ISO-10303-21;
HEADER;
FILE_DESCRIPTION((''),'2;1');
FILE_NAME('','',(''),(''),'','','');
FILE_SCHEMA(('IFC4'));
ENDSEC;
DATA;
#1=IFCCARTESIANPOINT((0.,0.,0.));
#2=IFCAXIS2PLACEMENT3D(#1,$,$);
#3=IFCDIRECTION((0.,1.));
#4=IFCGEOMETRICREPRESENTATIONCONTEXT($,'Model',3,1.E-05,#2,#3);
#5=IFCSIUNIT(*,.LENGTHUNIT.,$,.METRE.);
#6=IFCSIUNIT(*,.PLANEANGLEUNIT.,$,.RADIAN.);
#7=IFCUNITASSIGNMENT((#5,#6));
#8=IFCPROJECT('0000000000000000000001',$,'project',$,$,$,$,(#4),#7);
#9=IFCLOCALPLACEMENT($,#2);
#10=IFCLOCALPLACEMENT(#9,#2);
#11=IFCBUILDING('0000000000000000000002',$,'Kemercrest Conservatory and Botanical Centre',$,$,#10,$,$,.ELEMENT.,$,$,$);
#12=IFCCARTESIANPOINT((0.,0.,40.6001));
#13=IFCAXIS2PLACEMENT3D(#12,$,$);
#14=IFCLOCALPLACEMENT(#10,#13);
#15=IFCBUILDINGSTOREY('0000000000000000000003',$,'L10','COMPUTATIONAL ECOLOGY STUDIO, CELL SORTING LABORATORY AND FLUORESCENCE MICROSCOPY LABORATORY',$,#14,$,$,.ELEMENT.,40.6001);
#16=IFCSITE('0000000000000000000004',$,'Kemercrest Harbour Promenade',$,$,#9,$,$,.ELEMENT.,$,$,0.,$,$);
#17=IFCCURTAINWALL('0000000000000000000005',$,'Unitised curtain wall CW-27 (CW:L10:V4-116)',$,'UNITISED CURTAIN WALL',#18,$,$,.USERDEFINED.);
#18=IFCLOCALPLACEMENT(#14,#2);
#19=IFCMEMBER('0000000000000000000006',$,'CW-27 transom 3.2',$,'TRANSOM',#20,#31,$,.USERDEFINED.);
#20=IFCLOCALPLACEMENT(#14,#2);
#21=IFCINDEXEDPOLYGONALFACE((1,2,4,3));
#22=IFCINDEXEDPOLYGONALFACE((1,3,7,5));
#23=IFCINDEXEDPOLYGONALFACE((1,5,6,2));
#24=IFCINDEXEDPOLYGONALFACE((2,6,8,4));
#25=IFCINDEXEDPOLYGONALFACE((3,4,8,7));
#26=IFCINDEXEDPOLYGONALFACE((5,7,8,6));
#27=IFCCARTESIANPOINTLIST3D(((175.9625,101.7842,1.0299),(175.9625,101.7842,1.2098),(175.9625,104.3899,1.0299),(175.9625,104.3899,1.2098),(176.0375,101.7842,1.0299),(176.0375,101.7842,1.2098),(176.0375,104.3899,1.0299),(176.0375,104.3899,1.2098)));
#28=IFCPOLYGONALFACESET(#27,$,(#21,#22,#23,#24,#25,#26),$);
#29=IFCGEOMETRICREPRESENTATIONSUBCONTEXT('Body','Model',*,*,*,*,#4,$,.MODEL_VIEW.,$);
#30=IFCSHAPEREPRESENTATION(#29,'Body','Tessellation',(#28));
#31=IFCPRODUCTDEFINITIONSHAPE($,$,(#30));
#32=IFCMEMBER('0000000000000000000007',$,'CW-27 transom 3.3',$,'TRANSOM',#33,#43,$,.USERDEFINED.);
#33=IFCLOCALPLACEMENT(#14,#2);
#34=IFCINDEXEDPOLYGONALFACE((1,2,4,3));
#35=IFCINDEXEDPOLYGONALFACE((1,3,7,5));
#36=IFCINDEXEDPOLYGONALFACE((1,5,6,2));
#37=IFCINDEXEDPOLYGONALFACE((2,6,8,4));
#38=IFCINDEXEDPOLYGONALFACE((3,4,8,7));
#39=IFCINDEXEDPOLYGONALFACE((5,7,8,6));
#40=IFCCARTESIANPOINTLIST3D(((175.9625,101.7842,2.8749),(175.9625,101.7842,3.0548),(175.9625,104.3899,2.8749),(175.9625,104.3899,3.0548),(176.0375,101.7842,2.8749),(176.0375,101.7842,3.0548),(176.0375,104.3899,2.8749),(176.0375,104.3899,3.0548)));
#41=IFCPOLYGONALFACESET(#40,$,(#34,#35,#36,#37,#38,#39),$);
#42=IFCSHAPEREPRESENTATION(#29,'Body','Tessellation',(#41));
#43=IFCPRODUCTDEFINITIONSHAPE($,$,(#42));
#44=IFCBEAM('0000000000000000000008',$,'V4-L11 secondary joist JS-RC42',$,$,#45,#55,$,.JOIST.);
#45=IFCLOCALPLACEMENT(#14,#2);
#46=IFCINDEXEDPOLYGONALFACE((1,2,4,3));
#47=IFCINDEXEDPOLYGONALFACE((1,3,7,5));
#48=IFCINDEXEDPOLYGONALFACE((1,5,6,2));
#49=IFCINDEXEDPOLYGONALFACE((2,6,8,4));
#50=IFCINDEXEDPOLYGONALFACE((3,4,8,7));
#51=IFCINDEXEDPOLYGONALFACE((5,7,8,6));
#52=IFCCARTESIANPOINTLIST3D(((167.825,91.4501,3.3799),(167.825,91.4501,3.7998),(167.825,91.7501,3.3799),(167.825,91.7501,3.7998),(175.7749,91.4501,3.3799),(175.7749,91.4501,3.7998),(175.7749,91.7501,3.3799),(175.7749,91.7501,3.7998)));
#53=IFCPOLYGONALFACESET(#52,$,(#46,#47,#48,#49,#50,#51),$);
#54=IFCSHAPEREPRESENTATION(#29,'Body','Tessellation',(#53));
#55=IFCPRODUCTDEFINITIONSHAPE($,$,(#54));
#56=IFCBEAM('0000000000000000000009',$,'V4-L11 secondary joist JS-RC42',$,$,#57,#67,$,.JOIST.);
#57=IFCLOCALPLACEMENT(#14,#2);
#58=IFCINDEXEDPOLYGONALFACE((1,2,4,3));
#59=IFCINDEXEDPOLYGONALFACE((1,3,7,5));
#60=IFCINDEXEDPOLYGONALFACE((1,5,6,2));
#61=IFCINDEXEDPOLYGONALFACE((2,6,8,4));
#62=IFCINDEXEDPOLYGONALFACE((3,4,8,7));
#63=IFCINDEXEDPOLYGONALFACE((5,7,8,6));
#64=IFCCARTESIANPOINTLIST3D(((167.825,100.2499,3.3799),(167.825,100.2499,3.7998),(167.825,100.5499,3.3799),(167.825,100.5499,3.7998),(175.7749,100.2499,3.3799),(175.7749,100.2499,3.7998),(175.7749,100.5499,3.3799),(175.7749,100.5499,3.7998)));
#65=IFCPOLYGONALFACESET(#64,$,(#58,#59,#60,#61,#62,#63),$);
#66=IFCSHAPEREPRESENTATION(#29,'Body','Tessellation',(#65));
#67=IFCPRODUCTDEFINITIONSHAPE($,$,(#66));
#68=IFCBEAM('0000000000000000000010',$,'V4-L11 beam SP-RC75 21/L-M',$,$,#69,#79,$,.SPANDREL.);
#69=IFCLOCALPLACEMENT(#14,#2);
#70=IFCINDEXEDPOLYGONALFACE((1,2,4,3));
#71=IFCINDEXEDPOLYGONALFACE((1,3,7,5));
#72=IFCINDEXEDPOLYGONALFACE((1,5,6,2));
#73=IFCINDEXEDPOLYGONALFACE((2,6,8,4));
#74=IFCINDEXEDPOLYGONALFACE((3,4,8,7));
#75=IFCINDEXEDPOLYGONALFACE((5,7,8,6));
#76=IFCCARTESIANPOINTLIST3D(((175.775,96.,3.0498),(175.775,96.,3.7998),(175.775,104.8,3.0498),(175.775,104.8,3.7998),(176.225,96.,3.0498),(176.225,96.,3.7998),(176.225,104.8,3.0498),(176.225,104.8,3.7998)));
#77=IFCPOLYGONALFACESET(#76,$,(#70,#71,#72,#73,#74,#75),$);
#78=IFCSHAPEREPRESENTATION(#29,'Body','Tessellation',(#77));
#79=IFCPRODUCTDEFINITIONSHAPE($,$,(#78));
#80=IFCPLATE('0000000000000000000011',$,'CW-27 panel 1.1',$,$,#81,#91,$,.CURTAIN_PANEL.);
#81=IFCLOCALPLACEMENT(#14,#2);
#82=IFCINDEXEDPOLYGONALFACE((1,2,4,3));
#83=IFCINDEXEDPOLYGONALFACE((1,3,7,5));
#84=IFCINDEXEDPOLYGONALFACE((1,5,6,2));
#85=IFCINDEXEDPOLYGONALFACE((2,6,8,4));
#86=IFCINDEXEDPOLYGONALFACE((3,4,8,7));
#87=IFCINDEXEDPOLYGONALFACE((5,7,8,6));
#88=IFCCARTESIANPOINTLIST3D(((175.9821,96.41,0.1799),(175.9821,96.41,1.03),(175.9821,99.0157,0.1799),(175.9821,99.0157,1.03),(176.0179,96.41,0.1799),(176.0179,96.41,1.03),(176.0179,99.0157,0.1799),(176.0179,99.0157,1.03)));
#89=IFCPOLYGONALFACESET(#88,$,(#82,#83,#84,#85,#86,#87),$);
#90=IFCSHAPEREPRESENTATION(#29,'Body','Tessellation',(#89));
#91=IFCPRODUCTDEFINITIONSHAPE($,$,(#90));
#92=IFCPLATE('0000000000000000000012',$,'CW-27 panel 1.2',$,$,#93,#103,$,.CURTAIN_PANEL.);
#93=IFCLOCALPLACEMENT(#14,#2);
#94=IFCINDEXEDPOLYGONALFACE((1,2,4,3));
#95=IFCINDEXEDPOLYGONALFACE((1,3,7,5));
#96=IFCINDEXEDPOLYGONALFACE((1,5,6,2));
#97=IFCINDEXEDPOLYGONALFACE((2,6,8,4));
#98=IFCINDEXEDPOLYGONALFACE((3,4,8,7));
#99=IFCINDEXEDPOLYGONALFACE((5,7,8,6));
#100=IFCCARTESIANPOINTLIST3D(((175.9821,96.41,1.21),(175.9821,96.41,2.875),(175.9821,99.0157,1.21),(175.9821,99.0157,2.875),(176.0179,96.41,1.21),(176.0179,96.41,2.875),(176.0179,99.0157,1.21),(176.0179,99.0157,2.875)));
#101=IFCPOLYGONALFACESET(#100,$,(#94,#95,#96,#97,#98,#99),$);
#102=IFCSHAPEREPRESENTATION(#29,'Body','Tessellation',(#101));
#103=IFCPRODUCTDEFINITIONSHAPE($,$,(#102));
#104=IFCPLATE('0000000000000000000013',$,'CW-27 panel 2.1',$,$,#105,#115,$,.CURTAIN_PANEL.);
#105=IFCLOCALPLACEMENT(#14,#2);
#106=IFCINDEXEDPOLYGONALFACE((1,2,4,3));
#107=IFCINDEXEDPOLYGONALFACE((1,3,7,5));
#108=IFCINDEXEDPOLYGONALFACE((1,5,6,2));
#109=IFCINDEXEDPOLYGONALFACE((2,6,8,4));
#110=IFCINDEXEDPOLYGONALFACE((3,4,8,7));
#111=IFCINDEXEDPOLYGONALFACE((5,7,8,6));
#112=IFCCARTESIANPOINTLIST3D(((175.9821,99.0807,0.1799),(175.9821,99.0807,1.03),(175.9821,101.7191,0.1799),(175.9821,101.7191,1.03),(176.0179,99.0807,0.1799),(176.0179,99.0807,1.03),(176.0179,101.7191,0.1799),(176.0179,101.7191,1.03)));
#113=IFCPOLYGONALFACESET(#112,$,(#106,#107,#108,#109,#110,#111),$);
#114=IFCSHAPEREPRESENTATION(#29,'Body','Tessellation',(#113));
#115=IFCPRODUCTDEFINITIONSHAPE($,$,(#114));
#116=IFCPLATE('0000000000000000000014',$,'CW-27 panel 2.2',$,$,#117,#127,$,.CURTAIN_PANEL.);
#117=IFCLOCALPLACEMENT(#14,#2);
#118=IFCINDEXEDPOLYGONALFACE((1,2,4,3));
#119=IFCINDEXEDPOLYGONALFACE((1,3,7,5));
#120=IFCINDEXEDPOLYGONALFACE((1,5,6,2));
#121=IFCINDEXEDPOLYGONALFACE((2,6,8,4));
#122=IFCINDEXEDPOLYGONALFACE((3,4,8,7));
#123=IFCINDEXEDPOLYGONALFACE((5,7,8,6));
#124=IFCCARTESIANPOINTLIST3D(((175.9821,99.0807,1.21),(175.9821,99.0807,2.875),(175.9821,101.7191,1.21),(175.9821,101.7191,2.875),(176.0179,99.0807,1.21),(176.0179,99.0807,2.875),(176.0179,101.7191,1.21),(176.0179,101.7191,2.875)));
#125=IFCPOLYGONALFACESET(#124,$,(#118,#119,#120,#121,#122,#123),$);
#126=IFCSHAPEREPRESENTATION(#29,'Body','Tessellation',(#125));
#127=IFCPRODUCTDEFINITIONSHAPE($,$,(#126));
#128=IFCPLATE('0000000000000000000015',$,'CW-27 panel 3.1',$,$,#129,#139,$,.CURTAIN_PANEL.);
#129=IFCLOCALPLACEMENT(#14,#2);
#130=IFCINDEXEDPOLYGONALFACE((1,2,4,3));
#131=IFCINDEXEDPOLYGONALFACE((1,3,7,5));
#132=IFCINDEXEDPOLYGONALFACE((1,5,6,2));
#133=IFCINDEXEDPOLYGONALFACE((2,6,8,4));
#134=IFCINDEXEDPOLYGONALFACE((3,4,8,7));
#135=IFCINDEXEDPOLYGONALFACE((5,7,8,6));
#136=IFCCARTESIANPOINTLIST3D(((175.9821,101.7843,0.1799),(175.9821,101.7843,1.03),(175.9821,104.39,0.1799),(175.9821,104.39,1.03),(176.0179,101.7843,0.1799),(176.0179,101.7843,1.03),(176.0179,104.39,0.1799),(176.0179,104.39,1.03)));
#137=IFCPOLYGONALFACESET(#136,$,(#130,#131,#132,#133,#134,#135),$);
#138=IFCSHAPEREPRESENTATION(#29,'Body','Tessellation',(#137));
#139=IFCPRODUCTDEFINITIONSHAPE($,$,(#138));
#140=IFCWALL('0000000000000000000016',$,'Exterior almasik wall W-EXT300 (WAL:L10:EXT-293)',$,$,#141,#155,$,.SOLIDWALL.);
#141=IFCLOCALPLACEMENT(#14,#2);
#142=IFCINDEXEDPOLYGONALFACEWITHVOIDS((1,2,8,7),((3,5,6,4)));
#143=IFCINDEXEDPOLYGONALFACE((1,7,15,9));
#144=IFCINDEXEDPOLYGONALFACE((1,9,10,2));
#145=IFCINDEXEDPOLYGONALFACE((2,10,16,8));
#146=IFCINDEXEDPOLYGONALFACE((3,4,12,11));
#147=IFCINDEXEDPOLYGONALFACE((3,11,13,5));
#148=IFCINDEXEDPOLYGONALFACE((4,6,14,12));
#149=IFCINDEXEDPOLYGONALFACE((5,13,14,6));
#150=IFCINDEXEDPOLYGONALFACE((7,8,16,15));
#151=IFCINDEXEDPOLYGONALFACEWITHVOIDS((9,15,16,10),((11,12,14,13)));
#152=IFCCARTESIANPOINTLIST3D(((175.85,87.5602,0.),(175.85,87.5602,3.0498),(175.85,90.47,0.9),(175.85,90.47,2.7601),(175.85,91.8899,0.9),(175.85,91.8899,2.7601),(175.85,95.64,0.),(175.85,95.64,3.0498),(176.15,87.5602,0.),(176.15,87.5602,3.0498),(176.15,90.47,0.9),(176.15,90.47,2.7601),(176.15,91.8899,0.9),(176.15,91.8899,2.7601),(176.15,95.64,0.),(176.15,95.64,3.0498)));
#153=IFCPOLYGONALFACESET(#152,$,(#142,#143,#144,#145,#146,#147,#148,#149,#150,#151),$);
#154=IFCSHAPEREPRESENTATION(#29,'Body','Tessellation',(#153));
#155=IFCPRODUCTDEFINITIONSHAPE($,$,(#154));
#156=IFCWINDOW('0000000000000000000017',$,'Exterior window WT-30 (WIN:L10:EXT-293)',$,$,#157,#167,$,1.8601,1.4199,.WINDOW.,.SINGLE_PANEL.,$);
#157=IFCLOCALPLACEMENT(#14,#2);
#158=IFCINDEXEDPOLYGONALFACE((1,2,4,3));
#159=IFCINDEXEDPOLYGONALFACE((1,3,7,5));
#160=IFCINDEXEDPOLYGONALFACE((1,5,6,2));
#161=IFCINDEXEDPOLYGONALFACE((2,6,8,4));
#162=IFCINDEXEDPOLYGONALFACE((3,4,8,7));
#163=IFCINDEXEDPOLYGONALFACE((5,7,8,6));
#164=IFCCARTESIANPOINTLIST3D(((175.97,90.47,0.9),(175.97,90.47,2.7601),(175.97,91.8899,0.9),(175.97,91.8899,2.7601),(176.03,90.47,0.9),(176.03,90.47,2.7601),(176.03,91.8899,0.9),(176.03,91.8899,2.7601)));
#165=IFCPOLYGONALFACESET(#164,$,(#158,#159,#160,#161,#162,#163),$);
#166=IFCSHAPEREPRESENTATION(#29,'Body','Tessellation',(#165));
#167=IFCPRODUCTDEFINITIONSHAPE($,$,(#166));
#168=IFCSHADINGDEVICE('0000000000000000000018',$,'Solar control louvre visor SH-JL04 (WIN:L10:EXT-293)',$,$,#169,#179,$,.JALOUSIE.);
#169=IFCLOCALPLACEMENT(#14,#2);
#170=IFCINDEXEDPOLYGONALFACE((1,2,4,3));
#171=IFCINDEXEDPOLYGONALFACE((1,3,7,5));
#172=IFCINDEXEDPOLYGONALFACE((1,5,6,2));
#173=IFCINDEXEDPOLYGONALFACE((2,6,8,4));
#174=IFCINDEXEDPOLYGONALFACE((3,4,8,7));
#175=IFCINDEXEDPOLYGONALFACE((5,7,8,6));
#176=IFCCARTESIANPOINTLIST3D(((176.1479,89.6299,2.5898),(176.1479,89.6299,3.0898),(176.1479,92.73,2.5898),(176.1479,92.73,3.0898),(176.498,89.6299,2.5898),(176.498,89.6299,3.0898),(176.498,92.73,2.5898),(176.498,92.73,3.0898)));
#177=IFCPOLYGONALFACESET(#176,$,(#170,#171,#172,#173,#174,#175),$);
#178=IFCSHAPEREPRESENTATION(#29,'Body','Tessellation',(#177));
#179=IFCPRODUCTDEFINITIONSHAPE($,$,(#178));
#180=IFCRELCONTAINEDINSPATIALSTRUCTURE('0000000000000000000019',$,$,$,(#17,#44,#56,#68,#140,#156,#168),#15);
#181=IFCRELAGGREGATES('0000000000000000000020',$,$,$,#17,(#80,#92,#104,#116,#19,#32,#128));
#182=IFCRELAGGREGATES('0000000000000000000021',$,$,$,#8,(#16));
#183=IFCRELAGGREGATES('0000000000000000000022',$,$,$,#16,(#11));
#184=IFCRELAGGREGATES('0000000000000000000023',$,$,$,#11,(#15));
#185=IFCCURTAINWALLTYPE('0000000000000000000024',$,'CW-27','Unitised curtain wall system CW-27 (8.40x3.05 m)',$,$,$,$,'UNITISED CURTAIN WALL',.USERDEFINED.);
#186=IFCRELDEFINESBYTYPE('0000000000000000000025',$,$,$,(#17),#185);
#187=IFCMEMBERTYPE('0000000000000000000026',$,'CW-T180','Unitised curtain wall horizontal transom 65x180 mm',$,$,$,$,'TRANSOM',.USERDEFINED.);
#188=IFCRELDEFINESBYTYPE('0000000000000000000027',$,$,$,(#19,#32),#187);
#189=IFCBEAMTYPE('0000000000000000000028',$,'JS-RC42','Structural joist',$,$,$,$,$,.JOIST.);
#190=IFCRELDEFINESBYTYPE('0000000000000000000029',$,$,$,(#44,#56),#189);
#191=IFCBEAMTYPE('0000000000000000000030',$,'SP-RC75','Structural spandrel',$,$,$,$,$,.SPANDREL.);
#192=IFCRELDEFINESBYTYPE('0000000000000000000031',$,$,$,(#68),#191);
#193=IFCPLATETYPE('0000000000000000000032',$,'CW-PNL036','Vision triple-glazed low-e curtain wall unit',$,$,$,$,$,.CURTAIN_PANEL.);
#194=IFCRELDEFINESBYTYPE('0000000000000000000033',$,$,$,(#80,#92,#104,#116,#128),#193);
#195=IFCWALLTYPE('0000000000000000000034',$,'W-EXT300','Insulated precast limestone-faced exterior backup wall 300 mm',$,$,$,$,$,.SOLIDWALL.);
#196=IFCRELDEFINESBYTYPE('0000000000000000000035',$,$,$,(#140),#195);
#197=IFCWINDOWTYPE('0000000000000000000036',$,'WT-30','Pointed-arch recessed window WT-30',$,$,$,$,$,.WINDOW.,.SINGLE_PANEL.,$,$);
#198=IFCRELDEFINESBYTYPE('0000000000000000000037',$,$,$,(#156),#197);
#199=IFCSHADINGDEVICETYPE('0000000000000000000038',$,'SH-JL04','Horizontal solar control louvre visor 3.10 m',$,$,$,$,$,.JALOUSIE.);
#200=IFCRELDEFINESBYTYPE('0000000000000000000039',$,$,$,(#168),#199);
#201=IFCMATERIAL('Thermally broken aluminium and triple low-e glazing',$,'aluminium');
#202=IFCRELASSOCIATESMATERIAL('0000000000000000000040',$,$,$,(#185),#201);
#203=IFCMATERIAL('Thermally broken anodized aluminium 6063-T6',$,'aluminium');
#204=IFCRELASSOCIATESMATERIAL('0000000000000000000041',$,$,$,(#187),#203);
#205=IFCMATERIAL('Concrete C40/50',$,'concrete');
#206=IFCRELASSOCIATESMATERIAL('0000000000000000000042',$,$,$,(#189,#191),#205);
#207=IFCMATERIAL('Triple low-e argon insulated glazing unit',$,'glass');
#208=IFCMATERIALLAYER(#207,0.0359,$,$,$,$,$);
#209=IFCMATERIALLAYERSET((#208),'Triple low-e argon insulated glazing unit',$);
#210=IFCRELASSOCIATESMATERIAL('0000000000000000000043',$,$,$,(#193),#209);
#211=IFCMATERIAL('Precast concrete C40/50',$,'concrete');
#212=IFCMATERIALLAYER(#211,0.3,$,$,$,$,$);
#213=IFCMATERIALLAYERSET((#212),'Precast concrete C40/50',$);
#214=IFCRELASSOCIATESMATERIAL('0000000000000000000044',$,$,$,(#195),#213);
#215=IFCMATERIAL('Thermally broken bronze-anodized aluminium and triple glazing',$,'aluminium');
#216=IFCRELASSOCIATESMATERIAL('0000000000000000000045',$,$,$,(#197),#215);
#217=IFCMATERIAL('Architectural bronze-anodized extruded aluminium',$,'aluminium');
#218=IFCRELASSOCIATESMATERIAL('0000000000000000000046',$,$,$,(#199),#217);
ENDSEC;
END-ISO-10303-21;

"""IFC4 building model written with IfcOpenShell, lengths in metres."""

from ifc_helpers import new_model, si_unit, direction, frame, frame_2d, origin, origin_2d, place, context, subcontext, project, spatial, rectangle, extrude, material, layer, layer_set, material_profile, profile_set, type_object, element, fill, aggregate, save


model = new_model("IFC4")

# Units and contexts
model_context = context("Model", 3, precision=1e-05, world=origin(), true_north=direction((0.0, 1.0)))
body_context = subcontext(model_context, "Body", "Model", "MODEL_VIEW")
ifc_project = project(units=[si_unit("LENGTHUNIT", "METRE"), si_unit("PLANEANGLEUNIT", "RADIAN")], contexts=[model_context])

# Site, building, storey
site_placement = place(None, origin())
site = spatial("IfcSite", under=ifc_project, at=site_placement, Name="Kemercrest Harbour Promenade", CompositionType="ELEMENT", RefElevation=0.0)
building_placement = place(site_placement, origin())
building = spatial("IfcBuilding", under=site, at=building_placement, Name="Kemercrest Conservatory and Botanical Centre", CompositionType="ELEMENT")
storey_placement = place(building_placement, frame((0.0, 0.0, 40.6001)))
storey = spatial("IfcBuildingStorey", under=building, at=storey_placement, Name="L10", Description="COMPUTATIONAL ECOLOGY STUDIO, CELL SORTING LABORATORY AND FLUORESCENCE MICROSCOPY LABORATORY", CompositionType="ELEMENT", Elevation=40.6001)

# Shared definitions
ifc_material_1 = material(Name="Concrete C40/50", Category="concrete")

# Curtain wall, members
ifc_material_2 = material(Name="Thermally broken aluminium and triple low-e glazing", Category="aluminium")
curtain_wall_type = type_object("IfcCurtainWallType", Name="CW-27", Description="Unitised curtain wall system CW-27 (8.40x3.05 m)", ElementType="UNITISED CURTAIN WALL", PredefinedType="USERDEFINED", material=ifc_material_2)
curtain_wall_placement = place(storey_placement, origin())
curtain_wall = element("IfcCurtainWall", 1, at=curtain_wall_placement, inside=storey, type_object=curtain_wall_type, Name="Unitised curtain wall CW-27 (CW:L10:V4-116)", ObjectType="UNITISED CURTAIN WALL", PredefinedType="USERDEFINED")
ifc_material_3 = material(Name="Thermally broken anodized aluminium 6063-T6", Category="aluminium")
ifc_material_profile_1 = material_profile(ifc_material_3, rectangle(XDim=0.075, YDim=0.1799, at=origin_2d()), Name="AL TRANSOM 75x180")
ifc_profile_set_1 = profile_set([ifc_material_profile_1], Name="Thermally broken anodized aluminium 6063-T6")
member_type_1 = type_object("IfcMemberType", Name="CW-T180", Description="Unitised curtain wall horizontal transom 65x180 mm", ElementType="TRANSOM", PredefinedType="USERDEFINED", material=ifc_profile_set_1)
member_1_placement = place(storey_placement, frame((176.0, 101.7842, 1.1199), z_axis=(0.0, 1.0, 0.0), x_axis=(-1.0, 0.0, 0.0)))
member_1 = element("IfcMember", 2, at=member_1_placement, type_object=member_type_1, Name="CW-27 transom 3.2", ObjectType="TRANSOM", PredefinedType="USERDEFINED", context=body_context, shape_type="SweptSolid", body=[
    extrude(rectangle(XDim=0.075, YDim=0.1799, at=origin_2d()), origin(), (0.0, 0.0, 1.0), 2.6057),
])
member_2_placement = place(storey_placement, frame((176.0, 101.7842, 2.9648), z_axis=(0.0, 1.0, 0.0), x_axis=(-1.0, 0.0, 0.0)))
member_2 = element("IfcMember", 3, at=member_2_placement, type_object=member_type_1, Name="CW-27 transom 3.3", ObjectType="TRANSOM", PredefinedType="USERDEFINED", context=body_context, shape_type="SweptSolid", body=[
    extrude(rectangle(XDim=0.075, YDim=0.1799, at=origin_2d()), origin(), (0.0, 0.0, 1.0), 2.6057),
])

# Beams
ifc_material_profile_2 = material_profile(ifc_material_1, rectangle(XDim=0.3, YDim=0.4199, at=origin_2d()), Name="RC 300x420")
ifc_profile_set_2 = profile_set([ifc_material_profile_2], Name="Concrete C40/50")
beam_type_1 = type_object("IfcBeamType", Name="JS-RC42", Description="Structural joist", PredefinedType="JOIST", material=ifc_profile_set_2)
for number, where, z_axis, x_axis, name in (
    (4, (167.825, 91.6001, 3.5898), (1.0, 0.0, 0.0), (0.0, 1.0, 0.0), "V4-L11 secondary joist JS-RC42"),
    (5, (167.825, 100.3999, 3.5898), (1.0, 0.0, 0.0), (0.0, 1.0, 0.0), "V4-L11 secondary joist JS-RC42"),
):
    element("IfcBeam", number, at=place(storey_placement, frame(where, z_axis=z_axis, x_axis=x_axis)), inside=storey, type_object=beam_type_1, Name=name, PredefinedType="JOIST", context=body_context, shape_type="SweptSolid", body=[
        extrude(rectangle(XDim=0.3, YDim=0.4199, at=origin_2d()), origin(), (0.0, 0.0, 1.0), 7.95),
    ])
ifc_material_profile_3 = material_profile(ifc_material_1, rectangle(XDim=0.45, YDim=0.75, at=origin_2d()), Name="RC 450x750")
ifc_profile_set_3 = profile_set([ifc_material_profile_3], Name="Concrete C40/50")
beam_type_2 = type_object("IfcBeamType", Name="SP-RC75", Description="Structural spandrel", PredefinedType="SPANDREL", material=ifc_profile_set_3)
beam_1_placement = place(storey_placement, frame((176.0, 96.0, 3.4248), z_axis=(0.0, 1.0, 0.0), x_axis=(-1.0, 0.0, 0.0)))
element("IfcBeam", 6, at=beam_1_placement, inside=storey, type_object=beam_type_2, Name="V4-L11 beam SP-RC75 21/L-M", PredefinedType="SPANDREL", context=body_context, shape_type="SweptSolid", body=[
    extrude(rectangle(XDim=0.45, YDim=0.75, at=origin_2d()), origin(), (0.0, 0.0, 1.0), 8.8),
])

# Plates
ifc_material_4 = material(Name="Triple low-e argon insulated glazing unit", Category="glass")
ifc_layer_1 = layer(ifc_material_4, 0.0359)
ifc_layer_set_1 = layer_set([ifc_layer_1], Name="Triple low-e argon insulated glazing unit")
plate_type = type_object("IfcPlateType", Name="CW-PNL036", Description="Vision triple-glazed low-e curtain wall unit", PredefinedType="CURTAIN_PANEL", material=ifc_layer_set_1)
plate_1_placement = place(storey_placement, frame((176.0, 97.7129, 0.1799), z_axis=(0.0, 0.0, 1.0), x_axis=(0.0, 1.0, 0.0)))
plate_1 = element("IfcPlate", 7, at=plate_1_placement, type_object=plate_type, Name="CW-27 panel 1.1", PredefinedType="CURTAIN_PANEL", context=body_context, shape_type="SweptSolid", body=[
    extrude(rectangle(XDim=2.6057, YDim=0.0359, at=origin_2d()), origin(), (0.0, 0.0, 1.0), 0.8501),
])
plate_2_placement = place(storey_placement, frame((176.0, 97.7129, 1.21), z_axis=(0.0, 0.0, 1.0), x_axis=(0.0, 1.0, 0.0)))
plate_2 = element("IfcPlate", 8, at=plate_2_placement, type_object=plate_type, Name="CW-27 panel 1.2", PredefinedType="CURTAIN_PANEL", context=body_context, shape_type="SweptSolid", body=[
    extrude(rectangle(XDim=2.6057, YDim=0.0359, at=origin_2d()), origin(), (0.0, 0.0, 1.0), 1.665),
])
plate_3_placement = place(storey_placement, frame((176.0, 100.3999, 0.1799), z_axis=(0.0, 0.0, 1.0), x_axis=(0.0, 1.0, 0.0)))
plate_3 = element("IfcPlate", 9, at=plate_3_placement, type_object=plate_type, Name="CW-27 panel 2.1", PredefinedType="CURTAIN_PANEL", context=body_context, shape_type="SweptSolid", body=[
    extrude(rectangle(XDim=2.6384, YDim=0.0359, at=origin_2d()), origin(), (0.0, 0.0, 1.0), 0.8501),
])
plate_4_placement = place(storey_placement, frame((176.0, 100.3999, 1.21), z_axis=(0.0, 0.0, 1.0), x_axis=(0.0, 1.0, 0.0)))
plate_4 = element("IfcPlate", 10, at=plate_4_placement, type_object=plate_type, Name="CW-27 panel 2.2", PredefinedType="CURTAIN_PANEL", context=body_context, shape_type="SweptSolid", body=[
    extrude(rectangle(XDim=2.6384, YDim=0.0359, at=origin_2d()), origin(), (0.0, 0.0, 1.0), 1.665),
])
plate_5_placement = place(storey_placement, frame((176.0, 103.0872, 0.1799), z_axis=(0.0, 0.0, 1.0), x_axis=(0.0, 1.0, 0.0)))
plate_5 = element("IfcPlate", 11, at=plate_5_placement, type_object=plate_type, Name="CW-27 panel 3.1", PredefinedType="CURTAIN_PANEL", context=body_context, shape_type="SweptSolid", body=[
    extrude(rectangle(XDim=2.6057, YDim=0.0359, at=origin_2d()), origin(), (0.0, 0.0, 1.0), 0.8501),
])
aggregate(curtain_wall, [plate_1, plate_2, plate_3, plate_4, member_1, member_2, plate_5])

# Wall, opening, window
ifc_material_5 = material(Name="Precast concrete C40/50", Category="concrete")
ifc_layer_2 = layer(ifc_material_5, 0.3)
ifc_layer_set_2 = layer_set([ifc_layer_2], Name="Precast concrete C40/50")
wall_type = type_object("IfcWallType", Name="W-EXT300", Description="Insulated precast limestone-faced exterior backup wall 300 mm", PredefinedType="SOLIDWALL", material=ifc_layer_set_2)
wall_placement = place(storey_placement, frame((176.0, 87.5601, 0.0), z_axis=(0.0, 0.0, 1.0), x_axis=(0.0, 1.0, 0.0)))
wall = element("IfcWall", 12, at=wall_placement, inside=storey, type_object=wall_type, Name="Exterior almasik wall W-EXT300 (WAL:L10:EXT-293)", PredefinedType="SOLIDWALL", context=body_context, shape_type="SweptSolid", body=[
    extrude(rectangle(XDim=8.0798, YDim=0.3, at=frame_2d((4.04, 0.0))), origin(), (0.0, 0.0, 1.0), 3.0498),
])
opening_placement = place(wall_placement, frame((2.9099, 0.0, 0.8999)))
opening = element("IfcOpeningElement", 13, at=opening_placement, cuts=wall, PredefinedType="OPENING", context=body_context, shape_type="SweptSolid", body=[
    extrude(rectangle(XDim=1.4199, YDim=1.8601, at=frame_2d((0.71, 0.9302))), frame((0.0, 0.1602, 0.0), z_axis=(0.0, -1.0, 0.0), x_axis=(1.0, 0.0, 0.0)), (0.0, 0.0, 1.0), 0.3201),
])
ifc_material_6 = material(Name="Thermally broken bronze-anodized aluminium and triple glazing", Category="aluminium")
window_type = type_object("IfcWindowType", Name="WT-30", Description="Pointed-arch recessed window WT-30", PartitioningType="SINGLE_PANEL", PredefinedType="WINDOW", material=ifc_material_6)
window_placement = place(opening_placement, origin())
window = element("IfcWindow", 14, at=window_placement, inside=storey, type_object=window_type, Name="Exterior window WT-30 (WIN:L10:EXT-293)", OverallHeight=1.8601, OverallWidth=1.4199, PartitioningType="SINGLE_PANEL", PredefinedType="WINDOW", context=body_context, shape_type="SweptSolid", body=[
    extrude(rectangle(XDim=1.4199, YDim=1.8601, at=frame_2d((0.71, 0.9302))), frame((0.0, 0.03, 0.0), z_axis=(0.0, -1.0, 0.0), x_axis=(1.0, 0.0, 0.0)), (0.0, 0.0, 1.0), 0.0601),
])
fill(opening, window)

# Shading device
ifc_material_7 = material(Name="Architectural bronze-anodized extruded aluminium", Category="aluminium")
shading_device_type = type_object("IfcShadingDeviceType", Name="SH-JL04", Description="Horizontal solar control louvre visor 3.10 m", PredefinedType="JALOUSIE", material=ifc_material_7)
shading_device_placement = place(storey_placement, frame((176.323, 91.1799, 2.5898), z_axis=(0.0, 0.0, 1.0), x_axis=(0.0, 1.0, 0.0)))
element("IfcShadingDevice", 15, at=shading_device_placement, inside=storey, type_object=shading_device_type, Name="Solar control louvre visor SH-JL04 (WIN:L10:EXT-293)", PredefinedType="JALOUSIE", context=body_context, shape_type="SweptSolid", body=[
    extrude(rectangle(XDim=3.1001, YDim=0.3501, at=origin_2d()), origin(), (0.0, 0.0, 1.0), 0.5),
])

save(model, "model.ifc")
